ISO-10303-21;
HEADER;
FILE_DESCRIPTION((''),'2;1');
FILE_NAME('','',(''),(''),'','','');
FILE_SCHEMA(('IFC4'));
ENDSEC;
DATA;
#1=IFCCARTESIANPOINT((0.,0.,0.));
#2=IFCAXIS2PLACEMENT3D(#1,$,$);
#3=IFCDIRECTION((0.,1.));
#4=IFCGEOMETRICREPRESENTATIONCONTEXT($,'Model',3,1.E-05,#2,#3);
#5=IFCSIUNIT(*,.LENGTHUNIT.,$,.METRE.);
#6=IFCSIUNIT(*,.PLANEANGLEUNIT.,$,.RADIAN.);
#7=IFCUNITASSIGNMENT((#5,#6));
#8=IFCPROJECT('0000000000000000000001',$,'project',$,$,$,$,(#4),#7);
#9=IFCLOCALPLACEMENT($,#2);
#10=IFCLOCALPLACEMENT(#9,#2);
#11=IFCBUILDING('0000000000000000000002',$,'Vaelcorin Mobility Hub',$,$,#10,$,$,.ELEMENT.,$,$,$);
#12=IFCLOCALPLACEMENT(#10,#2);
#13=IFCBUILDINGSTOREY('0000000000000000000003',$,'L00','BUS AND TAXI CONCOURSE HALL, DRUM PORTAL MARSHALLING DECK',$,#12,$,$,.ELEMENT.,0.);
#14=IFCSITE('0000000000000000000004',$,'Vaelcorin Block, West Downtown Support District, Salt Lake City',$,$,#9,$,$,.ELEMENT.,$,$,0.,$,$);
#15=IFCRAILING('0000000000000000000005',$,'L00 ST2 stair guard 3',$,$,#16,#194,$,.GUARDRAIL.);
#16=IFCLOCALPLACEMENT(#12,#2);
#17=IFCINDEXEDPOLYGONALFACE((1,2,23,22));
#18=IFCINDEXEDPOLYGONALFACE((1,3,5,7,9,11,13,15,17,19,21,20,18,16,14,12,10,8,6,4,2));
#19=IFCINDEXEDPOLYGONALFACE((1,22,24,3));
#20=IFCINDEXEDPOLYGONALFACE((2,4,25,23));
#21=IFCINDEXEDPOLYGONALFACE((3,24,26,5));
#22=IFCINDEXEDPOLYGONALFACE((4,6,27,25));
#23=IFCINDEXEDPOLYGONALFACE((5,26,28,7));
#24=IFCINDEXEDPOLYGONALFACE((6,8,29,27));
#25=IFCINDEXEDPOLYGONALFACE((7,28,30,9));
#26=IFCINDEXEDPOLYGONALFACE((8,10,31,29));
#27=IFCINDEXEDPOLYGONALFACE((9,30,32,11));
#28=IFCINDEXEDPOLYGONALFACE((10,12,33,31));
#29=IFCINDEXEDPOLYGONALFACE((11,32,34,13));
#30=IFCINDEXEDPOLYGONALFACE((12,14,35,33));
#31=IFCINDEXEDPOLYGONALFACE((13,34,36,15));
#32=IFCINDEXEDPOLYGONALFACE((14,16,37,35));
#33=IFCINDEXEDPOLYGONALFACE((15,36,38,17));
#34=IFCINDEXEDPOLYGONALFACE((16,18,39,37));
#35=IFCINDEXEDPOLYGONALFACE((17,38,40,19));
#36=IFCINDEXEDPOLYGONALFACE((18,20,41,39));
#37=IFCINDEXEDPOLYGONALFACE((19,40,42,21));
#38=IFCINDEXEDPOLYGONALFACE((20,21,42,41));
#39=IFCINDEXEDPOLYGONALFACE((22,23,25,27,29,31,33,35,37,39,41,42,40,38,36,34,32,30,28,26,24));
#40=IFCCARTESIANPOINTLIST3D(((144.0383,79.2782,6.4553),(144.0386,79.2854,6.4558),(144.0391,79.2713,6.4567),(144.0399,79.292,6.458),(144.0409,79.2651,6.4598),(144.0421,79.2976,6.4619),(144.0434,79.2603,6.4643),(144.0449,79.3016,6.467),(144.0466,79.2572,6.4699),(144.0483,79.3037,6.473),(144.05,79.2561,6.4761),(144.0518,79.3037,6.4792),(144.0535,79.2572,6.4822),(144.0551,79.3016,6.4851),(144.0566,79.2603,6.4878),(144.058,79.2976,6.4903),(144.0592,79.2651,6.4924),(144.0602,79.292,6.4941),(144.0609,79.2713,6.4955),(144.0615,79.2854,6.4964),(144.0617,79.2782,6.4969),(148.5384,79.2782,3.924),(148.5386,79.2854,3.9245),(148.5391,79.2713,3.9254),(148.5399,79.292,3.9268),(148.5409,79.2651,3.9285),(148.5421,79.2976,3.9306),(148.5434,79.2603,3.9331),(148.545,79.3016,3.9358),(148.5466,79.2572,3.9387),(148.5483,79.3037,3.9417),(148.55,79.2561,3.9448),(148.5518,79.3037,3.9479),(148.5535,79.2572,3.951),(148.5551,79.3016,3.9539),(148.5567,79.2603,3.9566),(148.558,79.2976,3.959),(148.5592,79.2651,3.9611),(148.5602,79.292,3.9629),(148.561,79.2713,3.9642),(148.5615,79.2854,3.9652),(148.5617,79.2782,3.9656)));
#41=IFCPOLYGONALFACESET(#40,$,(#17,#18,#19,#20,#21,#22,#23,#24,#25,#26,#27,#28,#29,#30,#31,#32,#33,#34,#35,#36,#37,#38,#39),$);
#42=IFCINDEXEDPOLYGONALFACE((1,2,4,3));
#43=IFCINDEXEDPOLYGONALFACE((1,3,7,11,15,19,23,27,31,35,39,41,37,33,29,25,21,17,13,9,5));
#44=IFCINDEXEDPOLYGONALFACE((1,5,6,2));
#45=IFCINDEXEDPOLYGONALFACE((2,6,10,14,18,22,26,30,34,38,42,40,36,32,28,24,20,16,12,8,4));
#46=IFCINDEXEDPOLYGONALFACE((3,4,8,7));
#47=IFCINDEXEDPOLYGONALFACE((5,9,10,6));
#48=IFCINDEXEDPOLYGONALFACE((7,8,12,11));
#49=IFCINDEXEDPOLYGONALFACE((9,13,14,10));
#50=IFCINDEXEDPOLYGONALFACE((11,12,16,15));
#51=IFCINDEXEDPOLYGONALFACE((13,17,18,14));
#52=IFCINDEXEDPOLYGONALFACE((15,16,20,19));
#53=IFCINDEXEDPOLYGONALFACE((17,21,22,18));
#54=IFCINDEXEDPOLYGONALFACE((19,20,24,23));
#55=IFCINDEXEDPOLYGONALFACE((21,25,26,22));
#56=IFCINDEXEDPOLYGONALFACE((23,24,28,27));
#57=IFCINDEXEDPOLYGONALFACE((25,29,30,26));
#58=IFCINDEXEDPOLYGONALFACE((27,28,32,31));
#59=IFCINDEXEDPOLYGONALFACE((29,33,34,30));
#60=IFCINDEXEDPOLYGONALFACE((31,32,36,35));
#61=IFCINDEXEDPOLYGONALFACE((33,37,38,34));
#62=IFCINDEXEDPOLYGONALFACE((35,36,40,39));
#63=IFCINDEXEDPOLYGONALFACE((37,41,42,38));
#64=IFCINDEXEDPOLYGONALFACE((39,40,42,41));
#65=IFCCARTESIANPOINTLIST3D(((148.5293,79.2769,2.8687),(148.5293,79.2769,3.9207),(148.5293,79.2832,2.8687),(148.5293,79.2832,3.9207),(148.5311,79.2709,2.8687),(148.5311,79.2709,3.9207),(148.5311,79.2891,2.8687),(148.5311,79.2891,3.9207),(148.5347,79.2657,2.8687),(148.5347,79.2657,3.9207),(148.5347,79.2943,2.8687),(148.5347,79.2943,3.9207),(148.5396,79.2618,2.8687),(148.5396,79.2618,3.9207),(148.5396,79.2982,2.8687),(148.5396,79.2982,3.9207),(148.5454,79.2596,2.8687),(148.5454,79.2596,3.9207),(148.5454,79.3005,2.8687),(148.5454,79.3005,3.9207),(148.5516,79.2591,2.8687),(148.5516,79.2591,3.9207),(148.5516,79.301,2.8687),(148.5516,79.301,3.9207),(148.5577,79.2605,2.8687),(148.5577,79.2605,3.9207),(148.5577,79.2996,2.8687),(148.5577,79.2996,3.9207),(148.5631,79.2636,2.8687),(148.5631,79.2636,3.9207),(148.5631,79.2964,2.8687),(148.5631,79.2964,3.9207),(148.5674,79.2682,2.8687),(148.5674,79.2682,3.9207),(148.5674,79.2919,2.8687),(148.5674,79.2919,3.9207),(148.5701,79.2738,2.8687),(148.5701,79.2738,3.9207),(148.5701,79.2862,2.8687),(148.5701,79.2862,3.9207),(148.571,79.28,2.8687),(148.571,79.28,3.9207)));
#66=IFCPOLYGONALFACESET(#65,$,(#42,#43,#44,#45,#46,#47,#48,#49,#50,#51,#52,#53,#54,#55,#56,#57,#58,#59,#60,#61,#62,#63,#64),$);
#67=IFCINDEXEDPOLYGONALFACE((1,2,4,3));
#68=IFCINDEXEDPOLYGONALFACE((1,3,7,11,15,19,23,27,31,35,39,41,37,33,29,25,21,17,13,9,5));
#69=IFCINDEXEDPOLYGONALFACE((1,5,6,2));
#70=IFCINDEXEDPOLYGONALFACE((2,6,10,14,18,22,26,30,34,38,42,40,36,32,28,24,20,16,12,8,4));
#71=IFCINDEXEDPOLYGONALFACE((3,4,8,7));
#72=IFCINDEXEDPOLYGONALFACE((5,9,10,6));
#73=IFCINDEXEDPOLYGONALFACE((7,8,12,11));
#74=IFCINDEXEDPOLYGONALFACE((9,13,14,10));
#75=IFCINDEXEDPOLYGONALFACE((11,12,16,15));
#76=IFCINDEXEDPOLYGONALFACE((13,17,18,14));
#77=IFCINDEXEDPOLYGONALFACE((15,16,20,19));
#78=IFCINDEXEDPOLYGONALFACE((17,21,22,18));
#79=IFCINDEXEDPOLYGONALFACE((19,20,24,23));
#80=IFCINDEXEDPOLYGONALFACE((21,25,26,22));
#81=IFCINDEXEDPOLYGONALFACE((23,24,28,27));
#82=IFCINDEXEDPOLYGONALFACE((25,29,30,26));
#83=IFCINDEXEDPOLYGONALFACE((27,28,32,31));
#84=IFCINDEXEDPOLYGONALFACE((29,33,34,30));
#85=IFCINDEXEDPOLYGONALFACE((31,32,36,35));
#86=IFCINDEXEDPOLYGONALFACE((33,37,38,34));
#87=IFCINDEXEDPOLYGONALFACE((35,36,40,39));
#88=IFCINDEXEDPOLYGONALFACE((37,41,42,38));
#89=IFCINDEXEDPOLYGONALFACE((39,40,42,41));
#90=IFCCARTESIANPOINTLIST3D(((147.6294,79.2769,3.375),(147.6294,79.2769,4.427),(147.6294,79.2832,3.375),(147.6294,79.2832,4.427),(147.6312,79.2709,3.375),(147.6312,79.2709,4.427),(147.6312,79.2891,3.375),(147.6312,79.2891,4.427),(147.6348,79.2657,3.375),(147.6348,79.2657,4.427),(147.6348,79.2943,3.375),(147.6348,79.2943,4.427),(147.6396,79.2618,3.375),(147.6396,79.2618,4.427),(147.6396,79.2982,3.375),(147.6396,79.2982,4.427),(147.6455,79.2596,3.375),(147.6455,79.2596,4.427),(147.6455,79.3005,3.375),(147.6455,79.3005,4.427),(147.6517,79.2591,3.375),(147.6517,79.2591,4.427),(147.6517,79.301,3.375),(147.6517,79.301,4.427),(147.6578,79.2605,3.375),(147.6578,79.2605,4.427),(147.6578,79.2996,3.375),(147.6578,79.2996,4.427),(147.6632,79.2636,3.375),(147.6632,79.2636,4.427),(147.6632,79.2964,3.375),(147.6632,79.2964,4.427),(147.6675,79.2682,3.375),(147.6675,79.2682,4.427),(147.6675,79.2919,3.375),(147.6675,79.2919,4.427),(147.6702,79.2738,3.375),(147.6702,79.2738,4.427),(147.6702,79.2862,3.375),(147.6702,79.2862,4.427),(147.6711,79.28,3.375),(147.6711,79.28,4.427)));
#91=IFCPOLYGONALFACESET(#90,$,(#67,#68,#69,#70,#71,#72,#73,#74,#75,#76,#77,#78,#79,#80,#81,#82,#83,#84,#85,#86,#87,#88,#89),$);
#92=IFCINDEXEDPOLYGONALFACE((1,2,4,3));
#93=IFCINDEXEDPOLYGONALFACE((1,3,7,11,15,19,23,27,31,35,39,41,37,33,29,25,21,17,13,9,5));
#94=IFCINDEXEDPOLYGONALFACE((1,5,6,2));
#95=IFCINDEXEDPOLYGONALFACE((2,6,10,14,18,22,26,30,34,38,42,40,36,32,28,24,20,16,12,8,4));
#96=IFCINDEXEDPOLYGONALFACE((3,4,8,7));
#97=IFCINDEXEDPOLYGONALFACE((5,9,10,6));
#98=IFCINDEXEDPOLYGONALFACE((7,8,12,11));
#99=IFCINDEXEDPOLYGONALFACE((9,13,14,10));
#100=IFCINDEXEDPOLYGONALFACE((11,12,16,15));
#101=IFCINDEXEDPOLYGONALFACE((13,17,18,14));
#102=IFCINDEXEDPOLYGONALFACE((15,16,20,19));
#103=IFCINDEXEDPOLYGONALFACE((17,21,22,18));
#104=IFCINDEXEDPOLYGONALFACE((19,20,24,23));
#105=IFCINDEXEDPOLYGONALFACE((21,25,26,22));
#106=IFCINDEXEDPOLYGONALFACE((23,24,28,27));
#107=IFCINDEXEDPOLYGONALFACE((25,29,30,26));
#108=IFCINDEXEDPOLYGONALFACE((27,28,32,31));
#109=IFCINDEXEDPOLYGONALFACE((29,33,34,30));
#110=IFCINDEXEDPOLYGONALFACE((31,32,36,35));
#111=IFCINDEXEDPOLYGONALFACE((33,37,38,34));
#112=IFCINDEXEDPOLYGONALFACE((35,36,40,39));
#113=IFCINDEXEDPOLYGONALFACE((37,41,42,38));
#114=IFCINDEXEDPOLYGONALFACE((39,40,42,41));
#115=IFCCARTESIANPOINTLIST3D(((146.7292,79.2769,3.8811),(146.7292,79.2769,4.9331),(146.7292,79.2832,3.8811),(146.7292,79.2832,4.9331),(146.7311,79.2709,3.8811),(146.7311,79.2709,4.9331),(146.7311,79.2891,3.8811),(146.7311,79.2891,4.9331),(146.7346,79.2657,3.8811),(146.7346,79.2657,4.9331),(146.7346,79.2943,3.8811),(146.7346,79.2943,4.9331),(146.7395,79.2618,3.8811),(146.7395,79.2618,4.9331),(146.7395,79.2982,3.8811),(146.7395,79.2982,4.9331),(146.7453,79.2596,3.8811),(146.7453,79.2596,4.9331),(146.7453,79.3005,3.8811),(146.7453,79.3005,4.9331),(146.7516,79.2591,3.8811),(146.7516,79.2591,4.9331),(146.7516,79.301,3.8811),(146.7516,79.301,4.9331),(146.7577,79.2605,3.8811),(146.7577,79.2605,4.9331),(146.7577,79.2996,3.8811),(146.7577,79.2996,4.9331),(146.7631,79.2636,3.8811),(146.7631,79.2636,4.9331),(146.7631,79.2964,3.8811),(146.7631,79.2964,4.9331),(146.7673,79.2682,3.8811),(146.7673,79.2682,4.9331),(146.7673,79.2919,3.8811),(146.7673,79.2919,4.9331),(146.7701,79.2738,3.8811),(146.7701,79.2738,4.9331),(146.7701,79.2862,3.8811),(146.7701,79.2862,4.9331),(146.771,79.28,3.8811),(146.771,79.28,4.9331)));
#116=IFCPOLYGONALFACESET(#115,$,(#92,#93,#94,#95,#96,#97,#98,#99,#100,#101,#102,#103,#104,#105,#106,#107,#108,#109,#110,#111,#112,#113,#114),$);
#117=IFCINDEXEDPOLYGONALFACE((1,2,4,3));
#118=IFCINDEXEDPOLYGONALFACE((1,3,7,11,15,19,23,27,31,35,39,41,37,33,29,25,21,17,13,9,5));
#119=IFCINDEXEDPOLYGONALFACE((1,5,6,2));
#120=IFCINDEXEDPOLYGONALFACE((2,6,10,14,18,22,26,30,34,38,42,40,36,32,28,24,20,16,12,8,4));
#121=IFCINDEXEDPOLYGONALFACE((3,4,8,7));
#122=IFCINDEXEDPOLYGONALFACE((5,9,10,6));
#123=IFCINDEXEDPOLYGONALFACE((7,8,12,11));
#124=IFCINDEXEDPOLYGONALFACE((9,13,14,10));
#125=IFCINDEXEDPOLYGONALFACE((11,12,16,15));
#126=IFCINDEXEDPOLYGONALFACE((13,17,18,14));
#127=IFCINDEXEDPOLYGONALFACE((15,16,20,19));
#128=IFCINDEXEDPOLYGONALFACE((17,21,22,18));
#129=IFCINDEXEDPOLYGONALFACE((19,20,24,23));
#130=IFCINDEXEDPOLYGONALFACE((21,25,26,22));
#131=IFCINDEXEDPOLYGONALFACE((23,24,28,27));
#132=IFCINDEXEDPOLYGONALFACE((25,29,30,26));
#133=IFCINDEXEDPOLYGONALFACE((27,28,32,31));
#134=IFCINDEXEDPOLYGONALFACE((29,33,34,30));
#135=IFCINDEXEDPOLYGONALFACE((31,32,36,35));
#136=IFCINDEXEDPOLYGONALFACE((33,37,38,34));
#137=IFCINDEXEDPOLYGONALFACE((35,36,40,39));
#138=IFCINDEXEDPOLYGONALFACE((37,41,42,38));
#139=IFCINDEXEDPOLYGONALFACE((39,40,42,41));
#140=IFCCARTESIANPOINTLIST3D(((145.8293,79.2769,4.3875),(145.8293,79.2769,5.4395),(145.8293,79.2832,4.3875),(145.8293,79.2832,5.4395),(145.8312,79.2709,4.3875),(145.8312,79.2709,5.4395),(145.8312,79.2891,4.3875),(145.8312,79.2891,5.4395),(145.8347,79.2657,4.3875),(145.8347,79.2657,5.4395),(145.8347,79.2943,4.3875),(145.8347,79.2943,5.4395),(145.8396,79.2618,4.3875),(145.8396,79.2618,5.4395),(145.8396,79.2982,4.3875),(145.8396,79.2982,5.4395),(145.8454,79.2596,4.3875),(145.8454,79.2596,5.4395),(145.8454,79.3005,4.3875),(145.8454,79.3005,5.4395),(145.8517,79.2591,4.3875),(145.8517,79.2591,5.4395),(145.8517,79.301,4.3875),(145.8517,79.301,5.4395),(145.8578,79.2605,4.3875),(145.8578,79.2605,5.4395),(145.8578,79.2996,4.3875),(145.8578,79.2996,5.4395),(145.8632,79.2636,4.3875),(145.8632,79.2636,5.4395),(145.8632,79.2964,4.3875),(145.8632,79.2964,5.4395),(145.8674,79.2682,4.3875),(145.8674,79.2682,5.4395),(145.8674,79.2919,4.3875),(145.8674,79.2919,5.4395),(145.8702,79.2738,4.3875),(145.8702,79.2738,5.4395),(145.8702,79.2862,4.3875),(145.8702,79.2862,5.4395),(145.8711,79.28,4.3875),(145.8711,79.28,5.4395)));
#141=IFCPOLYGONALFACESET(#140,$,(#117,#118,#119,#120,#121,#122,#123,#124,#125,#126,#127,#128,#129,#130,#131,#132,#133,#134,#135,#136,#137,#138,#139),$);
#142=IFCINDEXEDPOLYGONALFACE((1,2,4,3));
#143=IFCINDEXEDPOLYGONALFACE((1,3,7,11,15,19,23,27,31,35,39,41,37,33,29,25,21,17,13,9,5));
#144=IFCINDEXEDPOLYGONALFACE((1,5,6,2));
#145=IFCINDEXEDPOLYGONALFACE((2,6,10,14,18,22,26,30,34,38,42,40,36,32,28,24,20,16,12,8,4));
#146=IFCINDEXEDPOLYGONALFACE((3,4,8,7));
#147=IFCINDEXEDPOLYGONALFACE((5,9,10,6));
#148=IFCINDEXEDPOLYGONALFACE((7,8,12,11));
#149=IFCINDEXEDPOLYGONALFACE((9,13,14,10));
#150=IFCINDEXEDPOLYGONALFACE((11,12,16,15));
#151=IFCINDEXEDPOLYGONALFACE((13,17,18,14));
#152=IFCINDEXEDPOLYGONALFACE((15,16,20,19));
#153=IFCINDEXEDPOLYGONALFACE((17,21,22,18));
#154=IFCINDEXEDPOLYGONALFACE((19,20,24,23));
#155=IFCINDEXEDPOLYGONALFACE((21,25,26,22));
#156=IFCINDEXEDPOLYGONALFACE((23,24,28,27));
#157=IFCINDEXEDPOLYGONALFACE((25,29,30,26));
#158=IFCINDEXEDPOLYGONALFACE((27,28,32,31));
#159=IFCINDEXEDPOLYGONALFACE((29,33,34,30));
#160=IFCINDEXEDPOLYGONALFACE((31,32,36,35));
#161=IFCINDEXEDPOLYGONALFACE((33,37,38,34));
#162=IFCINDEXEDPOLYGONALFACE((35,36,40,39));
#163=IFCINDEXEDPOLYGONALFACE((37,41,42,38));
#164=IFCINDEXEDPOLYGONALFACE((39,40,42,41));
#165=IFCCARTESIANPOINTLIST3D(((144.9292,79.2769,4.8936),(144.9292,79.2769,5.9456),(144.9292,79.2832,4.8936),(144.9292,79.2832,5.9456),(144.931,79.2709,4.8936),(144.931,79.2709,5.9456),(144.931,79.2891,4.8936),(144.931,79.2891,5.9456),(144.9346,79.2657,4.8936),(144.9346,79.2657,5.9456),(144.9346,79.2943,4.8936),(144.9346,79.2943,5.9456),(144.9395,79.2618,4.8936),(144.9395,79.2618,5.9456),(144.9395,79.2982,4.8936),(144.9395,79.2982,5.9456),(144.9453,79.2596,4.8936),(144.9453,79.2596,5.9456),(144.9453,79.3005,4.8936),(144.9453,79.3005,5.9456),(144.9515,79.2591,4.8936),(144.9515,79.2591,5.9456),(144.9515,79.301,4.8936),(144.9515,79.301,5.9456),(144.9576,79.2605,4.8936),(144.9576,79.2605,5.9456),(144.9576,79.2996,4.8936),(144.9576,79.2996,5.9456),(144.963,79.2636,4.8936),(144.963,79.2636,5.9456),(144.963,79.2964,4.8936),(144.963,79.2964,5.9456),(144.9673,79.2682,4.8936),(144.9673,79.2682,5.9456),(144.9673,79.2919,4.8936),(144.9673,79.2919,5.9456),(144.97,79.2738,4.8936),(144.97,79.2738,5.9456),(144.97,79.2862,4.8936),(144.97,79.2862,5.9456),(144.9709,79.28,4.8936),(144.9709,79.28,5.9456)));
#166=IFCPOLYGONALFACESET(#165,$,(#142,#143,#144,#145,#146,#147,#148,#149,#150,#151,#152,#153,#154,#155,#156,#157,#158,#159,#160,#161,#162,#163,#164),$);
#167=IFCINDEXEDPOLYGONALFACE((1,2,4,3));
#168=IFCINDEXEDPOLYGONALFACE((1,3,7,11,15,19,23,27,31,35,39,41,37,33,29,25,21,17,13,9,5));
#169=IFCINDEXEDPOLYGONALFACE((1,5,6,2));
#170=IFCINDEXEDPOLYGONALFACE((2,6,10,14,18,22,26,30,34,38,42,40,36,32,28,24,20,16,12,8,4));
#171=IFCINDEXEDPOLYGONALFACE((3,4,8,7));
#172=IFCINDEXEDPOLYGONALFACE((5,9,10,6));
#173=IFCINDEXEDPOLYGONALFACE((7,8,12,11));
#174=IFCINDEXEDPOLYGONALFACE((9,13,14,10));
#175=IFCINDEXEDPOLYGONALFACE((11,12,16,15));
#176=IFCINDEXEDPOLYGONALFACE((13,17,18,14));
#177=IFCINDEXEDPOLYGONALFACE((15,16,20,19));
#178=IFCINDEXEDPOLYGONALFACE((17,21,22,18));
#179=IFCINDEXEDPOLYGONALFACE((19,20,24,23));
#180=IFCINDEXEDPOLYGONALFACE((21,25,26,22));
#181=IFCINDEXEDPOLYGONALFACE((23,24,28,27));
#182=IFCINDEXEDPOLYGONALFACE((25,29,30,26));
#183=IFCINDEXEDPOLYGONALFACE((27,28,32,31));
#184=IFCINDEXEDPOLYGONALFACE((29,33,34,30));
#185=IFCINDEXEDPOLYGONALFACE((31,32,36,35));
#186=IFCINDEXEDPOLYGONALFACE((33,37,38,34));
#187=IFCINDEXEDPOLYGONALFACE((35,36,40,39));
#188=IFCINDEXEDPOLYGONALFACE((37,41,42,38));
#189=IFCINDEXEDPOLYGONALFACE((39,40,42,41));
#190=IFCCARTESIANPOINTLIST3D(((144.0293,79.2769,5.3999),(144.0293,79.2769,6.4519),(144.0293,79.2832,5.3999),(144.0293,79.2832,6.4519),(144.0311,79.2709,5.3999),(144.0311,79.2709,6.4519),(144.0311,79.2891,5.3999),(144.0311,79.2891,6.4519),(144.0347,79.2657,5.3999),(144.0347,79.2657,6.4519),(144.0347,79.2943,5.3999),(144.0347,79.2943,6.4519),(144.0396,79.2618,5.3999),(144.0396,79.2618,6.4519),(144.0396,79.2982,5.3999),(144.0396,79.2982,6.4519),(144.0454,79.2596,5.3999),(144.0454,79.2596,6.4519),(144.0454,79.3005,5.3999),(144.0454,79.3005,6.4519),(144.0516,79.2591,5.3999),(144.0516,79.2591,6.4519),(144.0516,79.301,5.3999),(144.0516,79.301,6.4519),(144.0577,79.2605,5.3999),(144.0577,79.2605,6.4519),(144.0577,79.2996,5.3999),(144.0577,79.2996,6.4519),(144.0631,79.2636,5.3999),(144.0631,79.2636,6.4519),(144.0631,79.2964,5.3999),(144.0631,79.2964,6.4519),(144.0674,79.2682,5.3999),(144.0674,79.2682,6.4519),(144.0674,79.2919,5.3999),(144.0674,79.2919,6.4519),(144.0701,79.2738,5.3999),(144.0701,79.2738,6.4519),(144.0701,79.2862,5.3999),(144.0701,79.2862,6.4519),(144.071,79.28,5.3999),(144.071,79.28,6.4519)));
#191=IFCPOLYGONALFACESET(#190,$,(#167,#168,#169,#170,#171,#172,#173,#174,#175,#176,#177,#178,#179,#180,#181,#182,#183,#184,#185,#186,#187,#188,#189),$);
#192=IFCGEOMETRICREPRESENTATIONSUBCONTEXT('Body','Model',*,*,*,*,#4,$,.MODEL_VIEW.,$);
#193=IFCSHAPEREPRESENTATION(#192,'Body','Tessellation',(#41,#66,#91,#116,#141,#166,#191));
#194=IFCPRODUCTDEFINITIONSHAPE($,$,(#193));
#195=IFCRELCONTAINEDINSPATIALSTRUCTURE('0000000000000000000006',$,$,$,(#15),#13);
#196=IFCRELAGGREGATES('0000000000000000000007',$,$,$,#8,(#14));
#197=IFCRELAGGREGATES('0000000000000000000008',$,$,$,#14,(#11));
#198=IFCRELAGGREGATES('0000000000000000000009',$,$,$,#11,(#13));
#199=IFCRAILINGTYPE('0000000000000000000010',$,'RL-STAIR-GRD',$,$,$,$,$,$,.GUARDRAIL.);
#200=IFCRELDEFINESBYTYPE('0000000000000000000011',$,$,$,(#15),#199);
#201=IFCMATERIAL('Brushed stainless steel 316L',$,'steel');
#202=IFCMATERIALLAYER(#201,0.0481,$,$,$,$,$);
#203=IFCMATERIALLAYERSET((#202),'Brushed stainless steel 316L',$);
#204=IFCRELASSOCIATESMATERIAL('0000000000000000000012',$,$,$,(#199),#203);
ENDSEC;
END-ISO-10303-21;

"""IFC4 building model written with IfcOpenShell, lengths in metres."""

from ifc_helpers import new_model, si_unit, direction, frame, origin, origin_2d, place, context, subcontext, project, spatial, circle, extrude, material, layer, layer_set, type_object, element, save


model = new_model("IFC4")

# Units and contexts
model_context = context("Model", 3, precision=1e-05, world=origin(), true_north=direction((0.0, 1.0)))
body_context = subcontext(model_context, "Body", "Model", "MODEL_VIEW")
ifc_project = project(units=[si_unit("LENGTHUNIT", "METRE"), si_unit("PLANEANGLEUNIT", "RADIAN")], contexts=[model_context])

# Site, building, storey
site_placement = place(None, origin())
site = spatial("IfcSite", under=ifc_project, at=site_placement, Name="Vaelcorin Block, West Downtown Support District, Salt Lake City", CompositionType="ELEMENT", RefElevation=0.0)
building_placement = place(site_placement, origin())
building = spatial("IfcBuilding", under=site, at=building_placement, Name="Vaelcorin Mobility Hub", CompositionType="ELEMENT")
storey_placement = place(building_placement, origin())
storey = spatial("IfcBuildingStorey", under=building, at=storey_placement, Name="L00", Description="BUS AND TAXI CONCOURSE HALL, DRUM PORTAL MARSHALLING DECK", CompositionType="ELEMENT", Elevation=0.0)

# Railing
ifc_material_1 = material(Name="Brushed stainless steel 316L", Category="steel")
ifc_layer_1 = layer(ifc_material_1, 0.0481)
ifc_layer_set_1 = layer_set([ifc_layer_1], Name="Brushed stainless steel 316L")
railing_type_1 = type_object("IfcRailingType", Name="RL-STAIR-GRD", PredefinedType="GUARDRAIL", material=ifc_layer_set_1)
railing_1_placement = place(storey_placement, frame((148.55, 79.28, 2.8687)))
element("IfcRailing", 1, at=railing_1_placement, inside=storey, type_object=railing_type_1, Name="L00 ST2 stair guard 3", PredefinedType="GUARDRAIL", context=body_context, shape_type="SweptSolid", body=[
    extrude(circle(Radius=0.0239, at=origin_2d()), frame((0.0, 0.0, 1.0762), z_axis=(-0.871576, 0.0, 0.490261), x_axis=(0.0, -1.0, 0.0)), (0.0, 0.0, 1.0), 5.1631),
    extrude(circle(Radius=0.021, at=origin_2d()), origin(), (0.0, 0.0, 1.0), 1.052),
    extrude(circle(Radius=0.021, at=origin_2d()), frame((-0.8999, 0.0, 0.5063)), (0.0, 0.0, 1.0), 1.052),
    extrude(circle(Radius=0.021, at=origin_2d()), frame((-1.8, 0.0, 1.0125)), (0.0, 0.0, 1.0), 1.052),
    extrude(circle(Radius=0.021, at=origin_2d()), frame((-2.7, 0.0, 1.5188)), (0.0, 0.0, 1.0), 1.052),
    extrude(circle(Radius=0.021, at=origin_2d()), frame((-3.6001, 0.0, 2.0249)), (0.0, 0.0, 1.0), 1.052),
    extrude(circle(Radius=0.021, at=origin_2d()), frame((-4.5, 0.0, 2.5312)), (0.0, 0.0, 1.0), 1.052),
])

save(model, "model.ifc")
